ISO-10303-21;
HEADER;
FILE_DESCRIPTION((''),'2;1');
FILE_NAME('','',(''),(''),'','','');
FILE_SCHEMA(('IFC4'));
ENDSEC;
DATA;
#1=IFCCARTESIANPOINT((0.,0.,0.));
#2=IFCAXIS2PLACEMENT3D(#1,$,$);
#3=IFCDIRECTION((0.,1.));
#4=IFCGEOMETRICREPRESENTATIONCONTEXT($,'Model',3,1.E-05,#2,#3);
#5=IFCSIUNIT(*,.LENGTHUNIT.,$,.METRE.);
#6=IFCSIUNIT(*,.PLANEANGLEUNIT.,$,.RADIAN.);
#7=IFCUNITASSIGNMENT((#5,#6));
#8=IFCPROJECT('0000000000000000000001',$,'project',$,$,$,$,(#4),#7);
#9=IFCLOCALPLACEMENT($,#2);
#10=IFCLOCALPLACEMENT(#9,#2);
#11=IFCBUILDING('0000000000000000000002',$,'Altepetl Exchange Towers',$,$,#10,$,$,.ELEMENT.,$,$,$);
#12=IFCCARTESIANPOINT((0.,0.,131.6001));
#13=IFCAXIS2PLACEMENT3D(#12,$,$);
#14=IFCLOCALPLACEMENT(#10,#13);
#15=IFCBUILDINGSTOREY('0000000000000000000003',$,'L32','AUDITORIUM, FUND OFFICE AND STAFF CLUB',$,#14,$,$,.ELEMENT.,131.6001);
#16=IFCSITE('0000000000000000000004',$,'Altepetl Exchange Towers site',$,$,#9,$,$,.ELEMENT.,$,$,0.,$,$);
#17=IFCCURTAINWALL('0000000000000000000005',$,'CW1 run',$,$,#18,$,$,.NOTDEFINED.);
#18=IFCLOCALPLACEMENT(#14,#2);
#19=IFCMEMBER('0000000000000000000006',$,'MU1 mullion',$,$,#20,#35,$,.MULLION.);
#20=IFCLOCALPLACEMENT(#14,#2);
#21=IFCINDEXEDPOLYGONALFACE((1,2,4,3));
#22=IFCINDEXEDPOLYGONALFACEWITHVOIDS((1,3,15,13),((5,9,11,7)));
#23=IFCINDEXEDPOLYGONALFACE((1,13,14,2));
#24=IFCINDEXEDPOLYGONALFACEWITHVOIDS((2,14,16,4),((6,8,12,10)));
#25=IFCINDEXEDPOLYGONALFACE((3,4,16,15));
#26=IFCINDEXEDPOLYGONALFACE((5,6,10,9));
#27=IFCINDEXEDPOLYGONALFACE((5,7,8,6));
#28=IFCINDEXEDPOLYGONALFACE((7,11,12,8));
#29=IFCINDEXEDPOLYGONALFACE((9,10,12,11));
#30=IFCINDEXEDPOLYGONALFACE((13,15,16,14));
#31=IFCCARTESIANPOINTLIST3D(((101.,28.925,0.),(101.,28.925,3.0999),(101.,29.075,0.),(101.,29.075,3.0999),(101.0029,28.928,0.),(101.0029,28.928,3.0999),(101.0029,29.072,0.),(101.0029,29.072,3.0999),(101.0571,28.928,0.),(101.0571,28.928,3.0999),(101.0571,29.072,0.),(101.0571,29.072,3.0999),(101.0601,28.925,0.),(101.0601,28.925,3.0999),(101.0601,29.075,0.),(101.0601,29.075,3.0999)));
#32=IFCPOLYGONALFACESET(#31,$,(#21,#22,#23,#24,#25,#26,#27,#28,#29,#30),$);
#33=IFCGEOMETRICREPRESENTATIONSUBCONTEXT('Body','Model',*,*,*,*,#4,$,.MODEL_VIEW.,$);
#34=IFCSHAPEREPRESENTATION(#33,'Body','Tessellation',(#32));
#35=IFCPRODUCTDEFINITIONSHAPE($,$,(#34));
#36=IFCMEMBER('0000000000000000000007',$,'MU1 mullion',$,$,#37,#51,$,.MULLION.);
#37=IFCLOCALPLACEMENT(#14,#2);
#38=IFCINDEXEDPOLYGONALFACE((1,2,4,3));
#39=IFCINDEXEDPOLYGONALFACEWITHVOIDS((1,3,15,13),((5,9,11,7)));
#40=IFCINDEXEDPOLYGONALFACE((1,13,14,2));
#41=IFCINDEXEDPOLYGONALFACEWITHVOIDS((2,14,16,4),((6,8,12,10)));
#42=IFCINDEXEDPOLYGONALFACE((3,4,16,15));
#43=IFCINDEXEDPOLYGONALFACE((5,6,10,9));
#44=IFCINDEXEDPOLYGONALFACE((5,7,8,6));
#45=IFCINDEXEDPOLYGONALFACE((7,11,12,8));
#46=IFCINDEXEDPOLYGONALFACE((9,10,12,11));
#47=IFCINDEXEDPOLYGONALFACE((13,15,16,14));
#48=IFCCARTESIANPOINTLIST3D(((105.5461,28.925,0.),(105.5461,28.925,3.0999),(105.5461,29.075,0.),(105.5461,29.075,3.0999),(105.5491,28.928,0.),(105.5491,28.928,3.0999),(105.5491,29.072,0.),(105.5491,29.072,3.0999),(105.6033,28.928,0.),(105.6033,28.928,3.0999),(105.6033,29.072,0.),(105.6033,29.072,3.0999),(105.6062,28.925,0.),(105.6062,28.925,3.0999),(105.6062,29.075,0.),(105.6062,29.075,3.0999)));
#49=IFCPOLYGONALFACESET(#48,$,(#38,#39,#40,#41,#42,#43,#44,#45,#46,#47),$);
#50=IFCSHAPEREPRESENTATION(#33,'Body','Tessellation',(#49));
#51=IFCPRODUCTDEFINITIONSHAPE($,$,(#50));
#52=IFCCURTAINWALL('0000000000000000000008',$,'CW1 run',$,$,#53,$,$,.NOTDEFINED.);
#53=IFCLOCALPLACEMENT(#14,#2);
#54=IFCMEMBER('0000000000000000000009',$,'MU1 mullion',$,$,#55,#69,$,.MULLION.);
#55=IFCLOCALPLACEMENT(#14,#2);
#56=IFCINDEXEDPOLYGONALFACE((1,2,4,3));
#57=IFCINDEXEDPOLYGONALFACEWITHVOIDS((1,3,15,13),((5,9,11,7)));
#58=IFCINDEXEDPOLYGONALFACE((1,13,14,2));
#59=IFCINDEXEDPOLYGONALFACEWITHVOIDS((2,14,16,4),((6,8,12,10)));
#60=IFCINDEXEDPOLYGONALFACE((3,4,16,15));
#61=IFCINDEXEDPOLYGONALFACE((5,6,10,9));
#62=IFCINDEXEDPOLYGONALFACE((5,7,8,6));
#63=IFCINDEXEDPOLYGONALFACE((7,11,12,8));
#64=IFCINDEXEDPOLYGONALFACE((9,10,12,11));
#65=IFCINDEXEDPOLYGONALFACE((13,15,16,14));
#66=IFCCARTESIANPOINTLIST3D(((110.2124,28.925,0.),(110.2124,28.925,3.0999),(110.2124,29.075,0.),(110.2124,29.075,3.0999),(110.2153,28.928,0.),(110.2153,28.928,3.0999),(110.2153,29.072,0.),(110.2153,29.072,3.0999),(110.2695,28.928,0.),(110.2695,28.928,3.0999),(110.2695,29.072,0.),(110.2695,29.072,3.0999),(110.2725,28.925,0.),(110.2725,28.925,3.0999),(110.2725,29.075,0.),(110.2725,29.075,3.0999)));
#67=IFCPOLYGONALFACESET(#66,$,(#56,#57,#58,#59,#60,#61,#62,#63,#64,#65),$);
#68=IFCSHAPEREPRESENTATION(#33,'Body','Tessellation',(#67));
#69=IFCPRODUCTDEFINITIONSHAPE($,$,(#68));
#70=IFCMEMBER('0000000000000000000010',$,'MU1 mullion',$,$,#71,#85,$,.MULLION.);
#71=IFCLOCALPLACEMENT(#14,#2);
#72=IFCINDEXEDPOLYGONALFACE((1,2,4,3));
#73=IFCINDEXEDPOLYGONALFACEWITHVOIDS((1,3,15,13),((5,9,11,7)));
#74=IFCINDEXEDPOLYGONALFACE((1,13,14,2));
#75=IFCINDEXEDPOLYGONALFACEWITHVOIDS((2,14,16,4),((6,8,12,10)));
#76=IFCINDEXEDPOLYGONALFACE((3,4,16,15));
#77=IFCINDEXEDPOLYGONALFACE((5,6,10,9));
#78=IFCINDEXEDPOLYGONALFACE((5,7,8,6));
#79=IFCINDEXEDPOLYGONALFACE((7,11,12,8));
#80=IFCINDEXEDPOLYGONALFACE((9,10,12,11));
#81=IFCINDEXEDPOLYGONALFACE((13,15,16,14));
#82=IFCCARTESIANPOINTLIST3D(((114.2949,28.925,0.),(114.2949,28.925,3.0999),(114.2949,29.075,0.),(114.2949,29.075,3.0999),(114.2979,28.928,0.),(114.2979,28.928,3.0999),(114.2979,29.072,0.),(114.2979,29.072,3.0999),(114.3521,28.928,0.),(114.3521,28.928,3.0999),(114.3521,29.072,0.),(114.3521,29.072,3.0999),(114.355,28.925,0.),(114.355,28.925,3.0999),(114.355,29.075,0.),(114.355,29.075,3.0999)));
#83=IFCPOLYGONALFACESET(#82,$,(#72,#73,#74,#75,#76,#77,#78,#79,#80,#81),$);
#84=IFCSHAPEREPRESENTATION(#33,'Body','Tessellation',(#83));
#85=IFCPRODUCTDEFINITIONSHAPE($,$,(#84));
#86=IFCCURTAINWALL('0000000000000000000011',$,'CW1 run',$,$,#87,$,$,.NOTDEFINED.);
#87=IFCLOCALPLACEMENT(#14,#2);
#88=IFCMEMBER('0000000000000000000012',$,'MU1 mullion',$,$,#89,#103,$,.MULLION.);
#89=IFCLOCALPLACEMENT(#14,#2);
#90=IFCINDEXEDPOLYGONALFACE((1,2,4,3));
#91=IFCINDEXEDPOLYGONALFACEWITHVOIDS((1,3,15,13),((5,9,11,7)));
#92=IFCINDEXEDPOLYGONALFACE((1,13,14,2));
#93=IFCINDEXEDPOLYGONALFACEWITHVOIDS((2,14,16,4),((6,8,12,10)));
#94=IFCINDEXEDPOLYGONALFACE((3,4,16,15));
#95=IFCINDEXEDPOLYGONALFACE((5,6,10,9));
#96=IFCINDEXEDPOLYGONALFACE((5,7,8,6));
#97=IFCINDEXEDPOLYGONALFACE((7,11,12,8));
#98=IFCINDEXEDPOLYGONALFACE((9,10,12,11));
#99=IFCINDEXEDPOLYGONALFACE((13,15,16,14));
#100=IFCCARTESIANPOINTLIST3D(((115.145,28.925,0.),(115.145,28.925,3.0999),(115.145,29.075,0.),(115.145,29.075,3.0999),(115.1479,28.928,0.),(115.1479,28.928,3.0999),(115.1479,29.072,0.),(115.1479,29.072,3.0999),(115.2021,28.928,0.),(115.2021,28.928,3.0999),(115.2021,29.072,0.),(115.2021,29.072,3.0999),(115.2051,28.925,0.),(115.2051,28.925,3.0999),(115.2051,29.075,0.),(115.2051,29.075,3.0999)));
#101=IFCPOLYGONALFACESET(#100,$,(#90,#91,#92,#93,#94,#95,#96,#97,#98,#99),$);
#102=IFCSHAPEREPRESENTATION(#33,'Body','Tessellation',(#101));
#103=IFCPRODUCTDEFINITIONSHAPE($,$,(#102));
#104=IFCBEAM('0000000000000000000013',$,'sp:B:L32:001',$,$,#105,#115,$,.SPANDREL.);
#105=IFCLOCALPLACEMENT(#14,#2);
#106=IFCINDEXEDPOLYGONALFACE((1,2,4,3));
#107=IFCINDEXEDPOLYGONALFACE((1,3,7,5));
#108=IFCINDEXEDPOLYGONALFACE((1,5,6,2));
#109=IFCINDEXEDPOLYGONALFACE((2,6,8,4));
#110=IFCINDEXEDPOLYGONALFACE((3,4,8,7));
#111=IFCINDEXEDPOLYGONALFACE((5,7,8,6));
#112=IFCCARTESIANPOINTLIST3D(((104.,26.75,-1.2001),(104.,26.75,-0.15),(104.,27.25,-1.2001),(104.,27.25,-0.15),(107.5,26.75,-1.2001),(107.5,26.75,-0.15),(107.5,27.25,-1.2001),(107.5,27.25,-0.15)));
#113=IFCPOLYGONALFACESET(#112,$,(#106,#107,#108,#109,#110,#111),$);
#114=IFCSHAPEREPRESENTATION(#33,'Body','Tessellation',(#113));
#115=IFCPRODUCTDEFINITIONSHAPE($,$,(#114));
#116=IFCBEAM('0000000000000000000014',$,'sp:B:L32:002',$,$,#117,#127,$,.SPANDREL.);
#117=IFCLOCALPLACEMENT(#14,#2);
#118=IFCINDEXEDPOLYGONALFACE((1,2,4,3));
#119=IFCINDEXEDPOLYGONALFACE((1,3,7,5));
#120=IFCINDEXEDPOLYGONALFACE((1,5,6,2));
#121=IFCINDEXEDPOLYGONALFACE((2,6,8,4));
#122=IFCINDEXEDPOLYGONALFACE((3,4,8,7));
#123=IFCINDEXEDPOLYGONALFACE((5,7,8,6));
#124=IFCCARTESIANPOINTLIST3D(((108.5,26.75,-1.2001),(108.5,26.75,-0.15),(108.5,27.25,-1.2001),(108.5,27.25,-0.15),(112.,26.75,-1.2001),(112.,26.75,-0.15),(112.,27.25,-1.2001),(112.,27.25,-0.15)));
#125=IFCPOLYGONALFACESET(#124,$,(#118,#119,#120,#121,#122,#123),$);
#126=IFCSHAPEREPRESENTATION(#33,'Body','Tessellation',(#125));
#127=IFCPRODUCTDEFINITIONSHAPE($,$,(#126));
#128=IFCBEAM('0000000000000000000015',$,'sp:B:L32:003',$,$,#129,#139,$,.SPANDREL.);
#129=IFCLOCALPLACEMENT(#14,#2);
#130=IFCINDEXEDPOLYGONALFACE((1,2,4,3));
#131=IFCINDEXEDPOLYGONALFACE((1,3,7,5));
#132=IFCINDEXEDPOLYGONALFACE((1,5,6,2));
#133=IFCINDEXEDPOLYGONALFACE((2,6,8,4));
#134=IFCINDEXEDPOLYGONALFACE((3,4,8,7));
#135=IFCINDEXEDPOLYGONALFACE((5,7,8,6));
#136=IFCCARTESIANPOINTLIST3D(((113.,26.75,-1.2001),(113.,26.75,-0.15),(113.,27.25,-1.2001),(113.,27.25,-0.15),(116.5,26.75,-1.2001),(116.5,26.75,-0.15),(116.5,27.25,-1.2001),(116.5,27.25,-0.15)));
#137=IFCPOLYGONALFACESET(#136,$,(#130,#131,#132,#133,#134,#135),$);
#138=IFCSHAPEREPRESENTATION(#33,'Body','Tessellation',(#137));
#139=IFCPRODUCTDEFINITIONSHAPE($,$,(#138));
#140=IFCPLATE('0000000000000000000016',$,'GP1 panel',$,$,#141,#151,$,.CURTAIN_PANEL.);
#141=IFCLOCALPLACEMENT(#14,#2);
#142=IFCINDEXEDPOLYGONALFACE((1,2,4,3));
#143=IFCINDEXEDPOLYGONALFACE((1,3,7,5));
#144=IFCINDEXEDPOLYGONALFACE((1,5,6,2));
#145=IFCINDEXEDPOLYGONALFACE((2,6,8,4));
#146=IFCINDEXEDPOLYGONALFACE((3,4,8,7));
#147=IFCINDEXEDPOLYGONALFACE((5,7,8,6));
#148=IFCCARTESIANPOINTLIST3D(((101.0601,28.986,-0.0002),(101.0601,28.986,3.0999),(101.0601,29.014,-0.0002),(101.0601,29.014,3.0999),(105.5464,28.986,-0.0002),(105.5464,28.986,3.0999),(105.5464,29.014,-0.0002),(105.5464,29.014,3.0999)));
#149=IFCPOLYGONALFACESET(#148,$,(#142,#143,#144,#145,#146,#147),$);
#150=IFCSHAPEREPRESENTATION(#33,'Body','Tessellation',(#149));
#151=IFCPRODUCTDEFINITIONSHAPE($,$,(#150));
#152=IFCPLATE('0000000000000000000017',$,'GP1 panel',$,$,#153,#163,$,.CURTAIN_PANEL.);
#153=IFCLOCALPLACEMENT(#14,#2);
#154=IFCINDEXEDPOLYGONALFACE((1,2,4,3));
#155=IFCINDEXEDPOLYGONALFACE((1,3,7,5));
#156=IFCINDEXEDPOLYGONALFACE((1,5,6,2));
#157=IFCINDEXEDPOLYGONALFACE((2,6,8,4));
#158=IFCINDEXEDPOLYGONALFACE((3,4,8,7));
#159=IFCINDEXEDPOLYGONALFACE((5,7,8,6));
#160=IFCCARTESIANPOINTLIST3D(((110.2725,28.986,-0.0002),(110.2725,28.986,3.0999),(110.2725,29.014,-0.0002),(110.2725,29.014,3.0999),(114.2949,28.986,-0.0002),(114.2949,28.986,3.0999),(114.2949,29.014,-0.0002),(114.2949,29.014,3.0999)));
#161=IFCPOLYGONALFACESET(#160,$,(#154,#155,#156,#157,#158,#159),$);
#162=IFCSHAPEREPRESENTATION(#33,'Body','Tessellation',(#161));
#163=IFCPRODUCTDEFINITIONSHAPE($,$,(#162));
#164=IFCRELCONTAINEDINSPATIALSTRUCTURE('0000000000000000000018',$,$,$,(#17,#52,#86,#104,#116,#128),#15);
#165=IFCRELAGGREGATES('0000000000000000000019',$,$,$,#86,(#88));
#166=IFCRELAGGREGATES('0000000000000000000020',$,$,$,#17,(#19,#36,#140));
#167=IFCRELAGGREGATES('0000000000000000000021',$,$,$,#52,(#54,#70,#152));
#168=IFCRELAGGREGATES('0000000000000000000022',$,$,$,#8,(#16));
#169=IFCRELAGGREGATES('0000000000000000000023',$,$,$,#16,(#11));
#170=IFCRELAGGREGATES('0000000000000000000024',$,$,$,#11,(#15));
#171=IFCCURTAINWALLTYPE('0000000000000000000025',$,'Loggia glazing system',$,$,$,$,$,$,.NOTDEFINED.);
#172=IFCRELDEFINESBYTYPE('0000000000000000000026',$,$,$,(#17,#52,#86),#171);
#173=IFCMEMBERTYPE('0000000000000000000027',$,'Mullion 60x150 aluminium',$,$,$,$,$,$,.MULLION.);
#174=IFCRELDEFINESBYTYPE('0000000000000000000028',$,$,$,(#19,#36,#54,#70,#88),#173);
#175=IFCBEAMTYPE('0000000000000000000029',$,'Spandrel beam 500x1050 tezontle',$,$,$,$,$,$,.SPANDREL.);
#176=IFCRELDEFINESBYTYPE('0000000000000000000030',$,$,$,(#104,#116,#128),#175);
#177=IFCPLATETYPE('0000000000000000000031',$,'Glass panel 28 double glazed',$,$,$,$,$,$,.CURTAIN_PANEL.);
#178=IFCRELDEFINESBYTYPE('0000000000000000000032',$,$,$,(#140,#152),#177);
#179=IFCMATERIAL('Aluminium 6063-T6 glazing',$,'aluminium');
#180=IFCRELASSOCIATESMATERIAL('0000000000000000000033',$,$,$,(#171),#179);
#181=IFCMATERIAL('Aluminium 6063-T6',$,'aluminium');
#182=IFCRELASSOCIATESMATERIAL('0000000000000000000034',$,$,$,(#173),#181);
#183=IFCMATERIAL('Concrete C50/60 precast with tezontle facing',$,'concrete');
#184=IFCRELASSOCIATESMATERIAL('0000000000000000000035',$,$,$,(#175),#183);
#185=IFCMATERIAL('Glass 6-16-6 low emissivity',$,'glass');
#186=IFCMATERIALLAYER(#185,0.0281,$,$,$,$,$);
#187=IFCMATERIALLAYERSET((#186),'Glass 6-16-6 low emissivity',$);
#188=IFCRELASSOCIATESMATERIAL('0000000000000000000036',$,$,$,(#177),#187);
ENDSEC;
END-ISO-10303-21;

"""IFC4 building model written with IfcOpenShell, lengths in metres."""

from ifc_helpers import new_model, si_unit, direction, frame, origin, origin_2d, place, context, subcontext, project, spatial, rectangle, hollow_rectangle, extrude, material, layer, layer_set, material_profile, profile_set, type_object, element, aggregate, save


model = new_model("IFC4")

# Units and contexts
model_context = context("Model", 3, precision=1e-05, world=origin(), true_north=direction((0.0, 1.0)))
body_context = subcontext(model_context, "Body", "Model", "MODEL_VIEW")
ifc_project = project(units=[si_unit("LENGTHUNIT", "METRE"), si_unit("PLANEANGLEUNIT", "RADIAN")], contexts=[model_context])

# Site, building, storey
site_placement = place(None, origin())
site = spatial("IfcSite", under=ifc_project, at=site_placement, Name="Altepetl Exchange Towers site", CompositionType="ELEMENT", RefElevation=0.0)
building_placement = place(site_placement, origin())
building = spatial("IfcBuilding", under=site, at=building_placement, Name="Altepetl Exchange Towers", CompositionType="ELEMENT")
storey_placement = place(building_placement, frame((0.0, 0.0, 131.6001)))
storey = spatial("IfcBuildingStorey", under=building, at=storey_placement, Name="L32", Description="AUDITORIUM, FUND OFFICE AND STAFF CLUB", CompositionType="ELEMENT", Elevation=131.6001)

# Curtain walls, members
ifc_material_1 = material(Name="Aluminium 6063-T6 glazing", Category="aluminium")
curtain_wall_type = type_object("IfcCurtainWallType", Name="Loggia glazing system", PredefinedType="NOTDEFINED", material=ifc_material_1)
curtain_wall_1_placement = place(storey_placement, origin())
curtain_wall_1 = element("IfcCurtainWall", 1, at=curtain_wall_1_placement, inside=storey, type_object=curtain_wall_type, Name="CW1 run", PredefinedType="NOTDEFINED")
ifc_material_2 = material(Name="Aluminium 6063-T6", Category="aluminium")
ifc_material_profile_1 = material_profile(ifc_material_2, hollow_rectangle(XDim=0.0601, YDim=0.1499, WallThickness=0.0029, at=origin_2d()), Name="Mullion 60x150 aluminium")
ifc_profile_set_1 = profile_set([ifc_material_profile_1], Name="Aluminium 6063-T6")
member_type = type_object("IfcMemberType", Name="Mullion 60x150 aluminium", PredefinedType="MULLION", material=ifc_profile_set_1)
member_1_placement = place(storey_placement, frame((101.03, 29.0, 0.0)))
member_1 = element("IfcMember", 2, at=member_1_placement, type_object=member_type, Name="MU1 mullion", PredefinedType="MULLION", context=body_context, shape_type="SweptSolid", body=[
    extrude(hollow_rectangle(XDim=0.0601, YDim=0.1499, WallThickness=0.0029, at=origin_2d()), origin(), (0.0, 0.0, 1.0), 3.0999),
])
member_2_placement = place(storey_placement, frame((105.5762, 29.0, 0.0)))
member_2 = element("IfcMember", 3, at=member_2_placement, type_object=member_type, Name="MU1 mullion", PredefinedType="MULLION", context=body_context, shape_type="SweptSolid", body=[
    extrude(hollow_rectangle(XDim=0.0601, YDim=0.1499, WallThickness=0.0029, at=origin_2d()), origin(), (0.0, 0.0, 1.0), 3.0999),
])
curtain_wall_2_placement = place(storey_placement, origin())
curtain_wall_2 = element("IfcCurtainWall", 4, at=curtain_wall_2_placement, inside=storey, type_object=curtain_wall_type, Name="CW1 run", PredefinedType="NOTDEFINED")
member_3_placement = place(storey_placement, frame((110.2424, 29.0, 0.0)))
member_3 = element("IfcMember", 5, at=member_3_placement, type_object=member_type, Name="MU1 mullion", PredefinedType="MULLION", context=body_context, shape_type="SweptSolid", body=[
    extrude(hollow_rectangle(XDim=0.0601, YDim=0.1499, WallThickness=0.0029, at=origin_2d()), origin(), (0.0, 0.0, 1.0), 3.0999),
])
member_4_placement = place(storey_placement, frame((114.325, 29.0, 0.0)))
member_4 = element("IfcMember", 6, at=member_4_placement, type_object=member_type, Name="MU1 mullion", PredefinedType="MULLION", context=body_context, shape_type="SweptSolid", body=[
    extrude(hollow_rectangle(XDim=0.0601, YDim=0.1499, WallThickness=0.0029, at=origin_2d()), origin(), (0.0, 0.0, 1.0), 3.0999),
])

# Curtain wall, member
curtain_wall_3_placement = place(storey_placement, origin())
curtain_wall_3 = element("IfcCurtainWall", 7, at=curtain_wall_3_placement, inside=storey, type_object=curtain_wall_type, Name="CW1 run", PredefinedType="NOTDEFINED")
member_5_placement = place(storey_placement, frame((115.175, 29.0, 0.0)))
member_5 = element("IfcMember", 8, at=member_5_placement, type_object=member_type, Name="MU1 mullion", PredefinedType="MULLION", context=body_context, shape_type="SweptSolid", body=[
    extrude(hollow_rectangle(XDim=0.0601, YDim=0.1499, WallThickness=0.0029, at=origin_2d()), origin(), (0.0, 0.0, 1.0), 3.0999),
])
aggregate(curtain_wall_3, [member_5])

# Beams
ifc_material_3 = material(Name="Concrete C50/60 precast with tezontle facing", Category="concrete")
ifc_material_profile_2 = material_profile(ifc_material_3, rectangle(XDim=0.5, YDim=1.05, at=origin_2d()), Name="500 x 1050")
ifc_profile_set_2 = profile_set([ifc_material_profile_2], Name="Concrete C50/60 precast with tezontle facing")
beam_type_1 = type_object("IfcBeamType", Name="Spandrel beam 500x1050 tezontle", PredefinedType="SPANDREL", material=ifc_profile_set_2)
for number, where, z_axis, x_axis, name in (
    (9, (104.0, 27.0, -0.675), (1.0, 0.0, 0.0), (0.0, 1.0, 0.0), "sp:B:L32:001"),
    (10, (108.5, 27.0, -0.675), (1.0, 0.0, 0.0), (0.0, 1.0, 0.0), "sp:B:L32:002"),
    (11, (113.0, 27.0, -0.675), (1.0, 0.0, 0.0), (0.0, 1.0, 0.0), "sp:B:L32:003"),
):
    element("IfcBeam", number, at=place(storey_placement, frame(where, z_axis=z_axis, x_axis=x_axis)), inside=storey, type_object=beam_type_1, Name=name, PredefinedType="SPANDREL", context=body_context, shape_type="SweptSolid", body=[
        extrude(rectangle(XDim=0.5, YDim=1.05, at=origin_2d()), origin(), (0.0, 0.0, 1.0), 3.5),
    ])

# Plates
ifc_material_4 = material(Name="Glass 6-16-6 low emissivity", Category="glass")
ifc_layer_1 = layer(ifc_material_4, 0.0281)
ifc_layer_set_1 = layer_set([ifc_layer_1], Name="Glass 6-16-6 low emissivity")
plate_type = type_object("IfcPlateType", Name="Glass panel 28 double glazed", PredefinedType="CURTAIN_PANEL", material=ifc_layer_set_1)
plate_1_placement = place(storey_placement, frame((103.3032, 29.0, -0.0002)))
plate_1 = element("IfcPlate", 12, at=plate_1_placement, type_object=plate_type, Name="GP1 panel", PredefinedType="CURTAIN_PANEL", context=body_context, shape_type="SweptSolid", body=[
    extrude(rectangle(XDim=4.4863, YDim=0.0281, at=origin_2d()), origin(), (0.0, 0.0, 1.0), 3.1001),
])
aggregate(curtain_wall_1, [member_1, member_2, plate_1])
plate_2_placement = place(storey_placement, frame((112.2837, 29.0, -0.0002)))
plate_2 = element("IfcPlate", 13, at=plate_2_placement, type_object=plate_type, Name="GP1 panel", PredefinedType="CURTAIN_PANEL", context=body_context, shape_type="SweptSolid", body=[
    extrude(rectangle(XDim=4.0225, YDim=0.0281, at=origin_2d()), origin(), (0.0, 0.0, 1.0), 3.1001),
])
aggregate(curtain_wall_2, [member_3, member_4, plate_2])

save(model, "model.ifc")
